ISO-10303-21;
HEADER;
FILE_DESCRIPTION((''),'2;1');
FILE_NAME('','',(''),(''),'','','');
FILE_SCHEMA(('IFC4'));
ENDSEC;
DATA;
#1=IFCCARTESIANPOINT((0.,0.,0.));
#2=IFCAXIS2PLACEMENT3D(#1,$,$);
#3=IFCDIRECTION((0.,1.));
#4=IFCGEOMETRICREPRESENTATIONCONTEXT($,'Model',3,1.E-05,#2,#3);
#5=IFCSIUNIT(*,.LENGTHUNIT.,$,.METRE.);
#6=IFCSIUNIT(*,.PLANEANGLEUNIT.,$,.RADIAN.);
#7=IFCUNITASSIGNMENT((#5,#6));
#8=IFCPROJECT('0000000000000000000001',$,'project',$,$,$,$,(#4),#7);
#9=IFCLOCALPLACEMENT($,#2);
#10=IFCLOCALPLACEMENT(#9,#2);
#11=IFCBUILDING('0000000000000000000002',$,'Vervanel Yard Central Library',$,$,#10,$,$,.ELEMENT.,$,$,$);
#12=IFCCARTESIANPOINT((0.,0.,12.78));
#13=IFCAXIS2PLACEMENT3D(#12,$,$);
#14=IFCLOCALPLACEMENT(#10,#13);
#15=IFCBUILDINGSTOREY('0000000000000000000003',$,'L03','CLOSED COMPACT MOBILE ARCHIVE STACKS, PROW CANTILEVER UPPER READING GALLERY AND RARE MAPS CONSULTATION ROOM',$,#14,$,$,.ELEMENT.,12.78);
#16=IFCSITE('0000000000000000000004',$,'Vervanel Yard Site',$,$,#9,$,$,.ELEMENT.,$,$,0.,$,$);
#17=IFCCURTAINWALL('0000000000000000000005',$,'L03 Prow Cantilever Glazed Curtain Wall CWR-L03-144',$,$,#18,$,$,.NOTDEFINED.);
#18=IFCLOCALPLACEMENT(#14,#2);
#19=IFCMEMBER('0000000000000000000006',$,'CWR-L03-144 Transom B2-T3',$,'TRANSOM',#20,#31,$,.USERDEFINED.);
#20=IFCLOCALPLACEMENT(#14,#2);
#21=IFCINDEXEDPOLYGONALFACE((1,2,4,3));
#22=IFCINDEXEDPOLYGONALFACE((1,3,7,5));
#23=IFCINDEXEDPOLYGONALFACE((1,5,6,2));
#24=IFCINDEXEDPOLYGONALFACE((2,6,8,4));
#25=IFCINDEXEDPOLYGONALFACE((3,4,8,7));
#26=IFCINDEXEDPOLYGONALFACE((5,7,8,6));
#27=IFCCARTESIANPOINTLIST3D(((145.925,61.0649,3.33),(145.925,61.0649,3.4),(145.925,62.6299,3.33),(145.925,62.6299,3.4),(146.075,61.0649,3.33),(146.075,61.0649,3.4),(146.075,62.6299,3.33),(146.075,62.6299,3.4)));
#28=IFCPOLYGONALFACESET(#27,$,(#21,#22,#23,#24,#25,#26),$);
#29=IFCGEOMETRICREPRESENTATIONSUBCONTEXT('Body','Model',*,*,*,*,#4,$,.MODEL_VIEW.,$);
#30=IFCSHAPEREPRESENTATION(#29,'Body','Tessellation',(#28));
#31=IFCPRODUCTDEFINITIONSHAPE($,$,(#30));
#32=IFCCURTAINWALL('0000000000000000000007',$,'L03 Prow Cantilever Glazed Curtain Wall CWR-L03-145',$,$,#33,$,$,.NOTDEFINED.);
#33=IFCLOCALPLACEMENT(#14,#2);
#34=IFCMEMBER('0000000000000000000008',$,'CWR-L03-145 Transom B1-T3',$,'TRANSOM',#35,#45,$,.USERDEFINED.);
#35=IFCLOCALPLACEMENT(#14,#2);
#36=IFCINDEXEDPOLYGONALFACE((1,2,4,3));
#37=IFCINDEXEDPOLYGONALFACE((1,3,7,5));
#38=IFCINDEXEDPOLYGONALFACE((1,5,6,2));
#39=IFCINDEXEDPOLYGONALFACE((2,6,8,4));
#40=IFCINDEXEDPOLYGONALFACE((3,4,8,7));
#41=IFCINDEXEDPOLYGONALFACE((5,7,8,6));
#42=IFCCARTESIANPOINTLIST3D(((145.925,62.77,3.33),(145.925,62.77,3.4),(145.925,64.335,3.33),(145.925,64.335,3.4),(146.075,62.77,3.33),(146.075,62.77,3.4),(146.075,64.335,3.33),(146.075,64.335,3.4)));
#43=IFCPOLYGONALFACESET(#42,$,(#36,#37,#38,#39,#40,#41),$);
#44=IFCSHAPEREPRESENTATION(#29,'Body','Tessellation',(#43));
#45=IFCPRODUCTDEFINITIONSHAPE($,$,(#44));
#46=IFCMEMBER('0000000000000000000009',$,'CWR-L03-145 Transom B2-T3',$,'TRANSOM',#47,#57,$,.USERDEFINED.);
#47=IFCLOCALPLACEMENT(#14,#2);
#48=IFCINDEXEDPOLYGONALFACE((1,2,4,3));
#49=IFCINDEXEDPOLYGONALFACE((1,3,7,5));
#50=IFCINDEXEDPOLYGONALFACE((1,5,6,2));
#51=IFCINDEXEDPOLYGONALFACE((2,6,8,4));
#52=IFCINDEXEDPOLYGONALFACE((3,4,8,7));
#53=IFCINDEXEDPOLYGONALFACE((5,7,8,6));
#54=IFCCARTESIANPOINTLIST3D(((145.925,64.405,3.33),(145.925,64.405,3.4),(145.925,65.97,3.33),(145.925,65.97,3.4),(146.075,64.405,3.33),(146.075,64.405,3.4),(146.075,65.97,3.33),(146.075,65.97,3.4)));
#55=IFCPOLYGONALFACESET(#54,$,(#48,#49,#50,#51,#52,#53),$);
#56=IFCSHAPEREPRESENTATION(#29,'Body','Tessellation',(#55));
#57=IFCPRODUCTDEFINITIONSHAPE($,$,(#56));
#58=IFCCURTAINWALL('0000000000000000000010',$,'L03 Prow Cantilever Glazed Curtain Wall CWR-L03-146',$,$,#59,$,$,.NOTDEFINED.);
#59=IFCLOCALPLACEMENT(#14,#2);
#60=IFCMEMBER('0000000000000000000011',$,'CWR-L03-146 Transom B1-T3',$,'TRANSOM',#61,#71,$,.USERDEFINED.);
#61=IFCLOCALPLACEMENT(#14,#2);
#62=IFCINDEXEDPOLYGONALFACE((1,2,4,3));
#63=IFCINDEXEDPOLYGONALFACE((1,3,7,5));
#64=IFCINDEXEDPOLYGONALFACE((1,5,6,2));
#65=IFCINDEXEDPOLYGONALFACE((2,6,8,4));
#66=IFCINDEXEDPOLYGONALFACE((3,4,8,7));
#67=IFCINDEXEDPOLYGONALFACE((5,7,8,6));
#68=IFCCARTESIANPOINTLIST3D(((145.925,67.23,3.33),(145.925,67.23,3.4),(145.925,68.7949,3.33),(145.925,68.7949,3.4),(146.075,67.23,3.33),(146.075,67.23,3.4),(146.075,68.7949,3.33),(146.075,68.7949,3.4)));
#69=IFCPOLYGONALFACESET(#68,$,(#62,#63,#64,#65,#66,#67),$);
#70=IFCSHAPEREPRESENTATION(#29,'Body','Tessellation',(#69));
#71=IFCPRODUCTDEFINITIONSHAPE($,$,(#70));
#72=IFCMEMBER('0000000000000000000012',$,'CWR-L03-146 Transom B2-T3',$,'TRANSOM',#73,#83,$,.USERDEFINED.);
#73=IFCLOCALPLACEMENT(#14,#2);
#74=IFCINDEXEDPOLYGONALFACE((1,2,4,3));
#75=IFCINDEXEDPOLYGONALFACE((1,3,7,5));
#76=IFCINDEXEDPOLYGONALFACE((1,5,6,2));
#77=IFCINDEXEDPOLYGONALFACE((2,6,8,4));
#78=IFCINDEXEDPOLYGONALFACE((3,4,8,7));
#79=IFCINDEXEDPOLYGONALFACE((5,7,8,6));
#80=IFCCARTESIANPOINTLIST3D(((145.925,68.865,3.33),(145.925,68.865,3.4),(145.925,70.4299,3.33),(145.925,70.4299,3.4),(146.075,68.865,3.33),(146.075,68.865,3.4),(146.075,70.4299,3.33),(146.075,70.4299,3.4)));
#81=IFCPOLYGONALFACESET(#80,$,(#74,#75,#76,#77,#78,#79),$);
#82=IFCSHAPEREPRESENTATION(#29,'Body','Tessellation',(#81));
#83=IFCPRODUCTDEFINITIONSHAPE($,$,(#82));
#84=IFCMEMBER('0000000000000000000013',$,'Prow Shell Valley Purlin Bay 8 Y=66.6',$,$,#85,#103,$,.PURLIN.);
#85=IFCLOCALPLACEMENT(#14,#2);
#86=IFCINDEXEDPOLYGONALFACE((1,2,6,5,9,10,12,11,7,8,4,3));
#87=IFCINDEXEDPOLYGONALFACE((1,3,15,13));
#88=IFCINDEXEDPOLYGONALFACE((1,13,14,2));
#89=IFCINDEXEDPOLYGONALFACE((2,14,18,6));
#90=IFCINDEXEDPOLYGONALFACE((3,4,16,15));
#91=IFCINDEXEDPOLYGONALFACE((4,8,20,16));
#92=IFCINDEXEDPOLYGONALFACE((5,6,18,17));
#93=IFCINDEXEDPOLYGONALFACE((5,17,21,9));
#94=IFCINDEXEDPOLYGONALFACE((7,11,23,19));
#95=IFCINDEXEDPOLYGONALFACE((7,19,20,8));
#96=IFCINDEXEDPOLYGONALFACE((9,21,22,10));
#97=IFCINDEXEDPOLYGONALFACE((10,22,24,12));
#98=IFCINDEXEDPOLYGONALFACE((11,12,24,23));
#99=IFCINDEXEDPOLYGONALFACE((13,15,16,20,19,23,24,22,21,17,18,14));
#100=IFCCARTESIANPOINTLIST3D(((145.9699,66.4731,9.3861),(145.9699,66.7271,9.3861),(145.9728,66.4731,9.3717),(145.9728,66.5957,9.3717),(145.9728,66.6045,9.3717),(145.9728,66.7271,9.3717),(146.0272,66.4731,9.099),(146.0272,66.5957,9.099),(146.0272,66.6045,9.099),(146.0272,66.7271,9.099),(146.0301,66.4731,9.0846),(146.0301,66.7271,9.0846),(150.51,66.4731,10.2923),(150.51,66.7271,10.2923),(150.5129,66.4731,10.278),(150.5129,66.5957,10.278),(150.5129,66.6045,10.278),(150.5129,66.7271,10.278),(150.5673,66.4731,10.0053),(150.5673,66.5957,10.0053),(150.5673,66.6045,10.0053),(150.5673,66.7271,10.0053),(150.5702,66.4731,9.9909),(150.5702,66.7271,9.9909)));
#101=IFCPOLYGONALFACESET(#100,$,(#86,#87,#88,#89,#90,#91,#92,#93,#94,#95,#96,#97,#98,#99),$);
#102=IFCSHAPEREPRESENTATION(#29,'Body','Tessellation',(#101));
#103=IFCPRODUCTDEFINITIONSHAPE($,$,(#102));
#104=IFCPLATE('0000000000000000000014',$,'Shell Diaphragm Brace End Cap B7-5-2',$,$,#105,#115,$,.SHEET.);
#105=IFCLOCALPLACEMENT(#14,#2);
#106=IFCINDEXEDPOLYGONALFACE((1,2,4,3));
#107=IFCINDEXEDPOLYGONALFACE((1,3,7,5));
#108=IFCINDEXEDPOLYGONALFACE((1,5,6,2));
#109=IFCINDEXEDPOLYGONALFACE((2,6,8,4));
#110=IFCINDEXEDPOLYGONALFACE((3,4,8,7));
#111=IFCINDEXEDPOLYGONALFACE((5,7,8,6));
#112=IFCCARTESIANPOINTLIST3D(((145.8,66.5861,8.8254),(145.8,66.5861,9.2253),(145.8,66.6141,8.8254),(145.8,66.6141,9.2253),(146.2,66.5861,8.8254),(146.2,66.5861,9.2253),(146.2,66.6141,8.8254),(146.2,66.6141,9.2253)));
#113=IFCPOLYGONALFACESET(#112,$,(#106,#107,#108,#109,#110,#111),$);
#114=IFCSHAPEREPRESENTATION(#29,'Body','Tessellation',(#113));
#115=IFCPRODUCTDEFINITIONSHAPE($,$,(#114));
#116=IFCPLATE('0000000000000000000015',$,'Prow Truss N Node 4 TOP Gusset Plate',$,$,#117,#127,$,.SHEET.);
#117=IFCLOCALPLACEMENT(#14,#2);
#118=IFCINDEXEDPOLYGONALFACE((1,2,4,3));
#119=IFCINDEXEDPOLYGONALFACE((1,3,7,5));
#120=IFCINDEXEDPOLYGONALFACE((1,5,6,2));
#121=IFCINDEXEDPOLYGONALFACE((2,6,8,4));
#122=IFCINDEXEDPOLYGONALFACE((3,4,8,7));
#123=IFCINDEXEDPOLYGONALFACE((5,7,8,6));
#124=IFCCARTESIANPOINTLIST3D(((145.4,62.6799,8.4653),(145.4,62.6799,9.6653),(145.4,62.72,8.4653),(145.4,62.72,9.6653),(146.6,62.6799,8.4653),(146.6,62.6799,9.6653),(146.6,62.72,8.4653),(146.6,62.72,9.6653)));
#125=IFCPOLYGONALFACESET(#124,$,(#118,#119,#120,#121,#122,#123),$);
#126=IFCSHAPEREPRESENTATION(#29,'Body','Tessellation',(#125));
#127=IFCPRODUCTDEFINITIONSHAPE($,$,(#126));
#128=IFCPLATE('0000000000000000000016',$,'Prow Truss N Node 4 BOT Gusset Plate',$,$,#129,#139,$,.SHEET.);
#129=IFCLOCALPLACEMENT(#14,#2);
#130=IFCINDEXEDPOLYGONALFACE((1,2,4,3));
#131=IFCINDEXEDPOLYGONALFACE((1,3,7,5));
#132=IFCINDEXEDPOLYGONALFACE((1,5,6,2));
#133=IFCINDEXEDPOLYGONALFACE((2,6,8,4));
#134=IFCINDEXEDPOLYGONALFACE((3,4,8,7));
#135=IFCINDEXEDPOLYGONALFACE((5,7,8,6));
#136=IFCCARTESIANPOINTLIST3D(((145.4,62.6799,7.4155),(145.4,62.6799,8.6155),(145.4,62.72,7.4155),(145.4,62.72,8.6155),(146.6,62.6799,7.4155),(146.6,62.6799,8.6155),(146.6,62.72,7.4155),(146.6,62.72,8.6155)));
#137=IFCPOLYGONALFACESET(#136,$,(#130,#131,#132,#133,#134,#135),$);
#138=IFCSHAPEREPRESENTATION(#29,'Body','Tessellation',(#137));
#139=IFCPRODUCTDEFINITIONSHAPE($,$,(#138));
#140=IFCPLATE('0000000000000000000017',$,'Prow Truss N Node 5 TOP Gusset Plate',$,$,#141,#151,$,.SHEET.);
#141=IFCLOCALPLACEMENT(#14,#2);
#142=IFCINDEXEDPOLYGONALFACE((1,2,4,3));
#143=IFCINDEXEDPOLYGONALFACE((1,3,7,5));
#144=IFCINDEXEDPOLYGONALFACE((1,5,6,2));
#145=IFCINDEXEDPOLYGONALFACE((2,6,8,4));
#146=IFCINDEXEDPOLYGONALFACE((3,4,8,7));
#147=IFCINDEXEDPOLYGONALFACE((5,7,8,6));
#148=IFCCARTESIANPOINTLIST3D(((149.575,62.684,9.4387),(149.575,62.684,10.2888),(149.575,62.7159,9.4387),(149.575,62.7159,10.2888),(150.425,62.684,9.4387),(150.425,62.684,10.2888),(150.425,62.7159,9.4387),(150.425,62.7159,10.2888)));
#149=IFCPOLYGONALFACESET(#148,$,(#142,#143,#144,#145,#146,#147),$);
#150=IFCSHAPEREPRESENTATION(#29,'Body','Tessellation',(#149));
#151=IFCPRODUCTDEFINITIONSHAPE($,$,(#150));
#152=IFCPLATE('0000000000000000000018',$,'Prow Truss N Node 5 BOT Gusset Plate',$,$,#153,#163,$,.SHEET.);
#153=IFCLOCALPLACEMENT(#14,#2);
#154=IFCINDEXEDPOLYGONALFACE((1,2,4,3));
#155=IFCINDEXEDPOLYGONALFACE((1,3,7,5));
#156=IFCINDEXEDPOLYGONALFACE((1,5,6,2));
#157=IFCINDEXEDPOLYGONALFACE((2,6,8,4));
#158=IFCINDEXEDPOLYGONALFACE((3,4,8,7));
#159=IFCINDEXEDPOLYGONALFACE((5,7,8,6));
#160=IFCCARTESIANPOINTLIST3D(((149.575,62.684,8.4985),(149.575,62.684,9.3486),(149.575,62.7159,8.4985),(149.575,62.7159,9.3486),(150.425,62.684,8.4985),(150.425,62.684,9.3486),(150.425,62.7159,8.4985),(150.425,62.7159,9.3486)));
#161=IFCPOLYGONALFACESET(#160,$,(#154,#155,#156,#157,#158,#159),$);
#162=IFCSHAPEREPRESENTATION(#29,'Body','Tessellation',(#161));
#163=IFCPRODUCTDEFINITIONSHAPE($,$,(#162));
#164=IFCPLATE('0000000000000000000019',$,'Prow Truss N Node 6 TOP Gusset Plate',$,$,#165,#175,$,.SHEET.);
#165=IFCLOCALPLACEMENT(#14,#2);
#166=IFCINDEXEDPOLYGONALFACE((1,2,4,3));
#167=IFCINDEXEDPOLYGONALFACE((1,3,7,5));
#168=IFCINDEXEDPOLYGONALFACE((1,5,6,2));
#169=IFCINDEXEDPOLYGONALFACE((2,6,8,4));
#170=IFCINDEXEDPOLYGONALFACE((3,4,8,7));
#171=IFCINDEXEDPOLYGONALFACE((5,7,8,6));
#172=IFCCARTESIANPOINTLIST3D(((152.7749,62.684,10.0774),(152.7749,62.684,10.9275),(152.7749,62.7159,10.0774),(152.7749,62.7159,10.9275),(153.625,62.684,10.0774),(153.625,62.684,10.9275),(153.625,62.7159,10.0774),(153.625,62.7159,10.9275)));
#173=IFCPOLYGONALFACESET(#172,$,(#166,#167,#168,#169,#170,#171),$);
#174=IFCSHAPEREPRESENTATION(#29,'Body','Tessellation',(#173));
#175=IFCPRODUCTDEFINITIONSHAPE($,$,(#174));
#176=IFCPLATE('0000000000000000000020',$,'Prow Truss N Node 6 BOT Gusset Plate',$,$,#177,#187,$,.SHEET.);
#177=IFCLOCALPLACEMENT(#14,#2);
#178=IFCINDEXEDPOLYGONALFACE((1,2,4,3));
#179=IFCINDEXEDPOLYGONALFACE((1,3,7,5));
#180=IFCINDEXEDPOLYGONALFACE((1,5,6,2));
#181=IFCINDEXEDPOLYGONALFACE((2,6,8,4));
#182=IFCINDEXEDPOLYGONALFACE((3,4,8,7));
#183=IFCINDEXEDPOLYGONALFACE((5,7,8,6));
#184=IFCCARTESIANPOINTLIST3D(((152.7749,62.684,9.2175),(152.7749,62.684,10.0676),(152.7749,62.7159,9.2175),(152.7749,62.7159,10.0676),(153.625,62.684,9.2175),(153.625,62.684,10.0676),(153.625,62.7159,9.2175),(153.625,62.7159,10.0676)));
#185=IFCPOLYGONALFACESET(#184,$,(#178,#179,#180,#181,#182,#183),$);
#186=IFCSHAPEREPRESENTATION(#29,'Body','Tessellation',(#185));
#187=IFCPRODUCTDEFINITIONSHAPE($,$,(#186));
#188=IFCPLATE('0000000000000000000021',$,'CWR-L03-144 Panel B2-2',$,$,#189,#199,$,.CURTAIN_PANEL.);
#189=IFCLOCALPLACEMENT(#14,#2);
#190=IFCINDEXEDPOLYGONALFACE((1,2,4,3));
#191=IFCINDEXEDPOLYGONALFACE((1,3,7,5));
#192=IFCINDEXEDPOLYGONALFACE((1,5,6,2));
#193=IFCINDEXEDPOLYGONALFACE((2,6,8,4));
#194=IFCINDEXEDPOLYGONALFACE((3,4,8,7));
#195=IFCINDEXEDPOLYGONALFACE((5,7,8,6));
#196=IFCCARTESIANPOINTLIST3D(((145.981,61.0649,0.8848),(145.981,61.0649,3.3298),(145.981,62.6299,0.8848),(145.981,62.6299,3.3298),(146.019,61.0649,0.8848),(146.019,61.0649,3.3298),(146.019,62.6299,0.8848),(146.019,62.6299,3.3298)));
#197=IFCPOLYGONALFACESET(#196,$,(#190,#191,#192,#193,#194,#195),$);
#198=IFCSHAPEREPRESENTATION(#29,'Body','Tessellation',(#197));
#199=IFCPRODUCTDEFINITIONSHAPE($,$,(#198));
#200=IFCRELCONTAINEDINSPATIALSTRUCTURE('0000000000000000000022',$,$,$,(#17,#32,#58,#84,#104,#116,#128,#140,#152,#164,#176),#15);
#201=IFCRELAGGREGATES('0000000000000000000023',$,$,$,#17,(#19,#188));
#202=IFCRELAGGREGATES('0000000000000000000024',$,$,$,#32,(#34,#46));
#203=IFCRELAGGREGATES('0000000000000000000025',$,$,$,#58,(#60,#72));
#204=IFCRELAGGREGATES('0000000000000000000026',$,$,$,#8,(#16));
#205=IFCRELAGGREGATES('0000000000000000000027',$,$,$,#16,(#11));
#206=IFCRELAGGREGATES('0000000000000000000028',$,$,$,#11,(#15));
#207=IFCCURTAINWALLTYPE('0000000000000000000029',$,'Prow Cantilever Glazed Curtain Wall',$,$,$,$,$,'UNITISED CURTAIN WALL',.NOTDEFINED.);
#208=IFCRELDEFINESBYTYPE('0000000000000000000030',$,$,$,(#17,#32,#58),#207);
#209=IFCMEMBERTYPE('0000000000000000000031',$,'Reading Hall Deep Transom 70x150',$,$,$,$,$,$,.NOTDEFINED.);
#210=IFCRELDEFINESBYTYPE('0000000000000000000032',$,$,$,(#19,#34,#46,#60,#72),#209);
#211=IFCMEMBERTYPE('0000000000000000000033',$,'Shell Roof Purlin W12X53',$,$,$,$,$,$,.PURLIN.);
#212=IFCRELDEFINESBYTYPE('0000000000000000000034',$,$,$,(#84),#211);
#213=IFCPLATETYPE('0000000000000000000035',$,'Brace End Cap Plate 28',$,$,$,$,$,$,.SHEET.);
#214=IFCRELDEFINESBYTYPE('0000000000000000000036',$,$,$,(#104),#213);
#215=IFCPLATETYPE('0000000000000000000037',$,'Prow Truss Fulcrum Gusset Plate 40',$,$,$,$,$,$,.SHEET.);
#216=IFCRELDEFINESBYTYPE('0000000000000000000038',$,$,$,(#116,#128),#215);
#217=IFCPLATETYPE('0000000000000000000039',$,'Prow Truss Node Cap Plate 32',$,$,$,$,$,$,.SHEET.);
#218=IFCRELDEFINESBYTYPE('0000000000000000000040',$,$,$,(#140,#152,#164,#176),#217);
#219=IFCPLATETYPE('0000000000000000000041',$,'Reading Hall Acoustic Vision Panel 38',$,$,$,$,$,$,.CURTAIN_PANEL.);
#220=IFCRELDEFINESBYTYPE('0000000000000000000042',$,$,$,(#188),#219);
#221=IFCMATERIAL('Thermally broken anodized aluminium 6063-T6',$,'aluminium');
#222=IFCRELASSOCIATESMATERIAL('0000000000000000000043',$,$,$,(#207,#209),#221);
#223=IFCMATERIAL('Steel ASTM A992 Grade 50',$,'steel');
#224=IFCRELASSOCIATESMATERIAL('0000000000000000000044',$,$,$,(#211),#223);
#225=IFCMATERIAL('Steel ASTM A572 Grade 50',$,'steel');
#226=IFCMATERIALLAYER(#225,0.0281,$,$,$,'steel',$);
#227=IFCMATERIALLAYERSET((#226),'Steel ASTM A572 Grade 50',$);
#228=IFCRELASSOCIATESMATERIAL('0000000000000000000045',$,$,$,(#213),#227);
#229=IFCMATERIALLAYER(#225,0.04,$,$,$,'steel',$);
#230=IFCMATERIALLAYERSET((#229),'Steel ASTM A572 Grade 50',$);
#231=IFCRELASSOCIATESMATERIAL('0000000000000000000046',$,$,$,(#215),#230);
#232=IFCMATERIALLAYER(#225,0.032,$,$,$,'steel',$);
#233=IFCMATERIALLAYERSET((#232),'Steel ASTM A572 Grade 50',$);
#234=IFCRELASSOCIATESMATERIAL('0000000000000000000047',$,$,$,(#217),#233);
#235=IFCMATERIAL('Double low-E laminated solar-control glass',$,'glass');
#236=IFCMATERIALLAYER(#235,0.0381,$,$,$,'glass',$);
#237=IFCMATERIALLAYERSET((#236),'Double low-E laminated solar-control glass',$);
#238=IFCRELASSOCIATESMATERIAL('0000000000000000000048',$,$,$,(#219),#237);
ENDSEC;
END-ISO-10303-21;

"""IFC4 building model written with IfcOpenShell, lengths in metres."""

from ifc_helpers import new_model, si_unit, direction, frame, origin, origin_2d, place, context, subcontext, project, spatial, rectangle, i_section, extrude, material, layer, layer_set, material_profile, profile_set, type_object, element, aggregate, save


model = new_model("IFC4")

# Units and contexts
model_context = context("Model", 3, precision=1e-05, world=origin(), true_north=direction((0.0, 1.0)))
body_context = subcontext(model_context, "Body", "Model", "MODEL_VIEW")
ifc_project = project(units=[si_unit("LENGTHUNIT", "METRE"), si_unit("PLANEANGLEUNIT", "RADIAN")], contexts=[model_context])

# Site, building, storey
site_placement = place(None, origin())
site = spatial("IfcSite", under=ifc_project, at=site_placement, Name="Vervanel Yard Site", CompositionType="ELEMENT", RefElevation=0.0)
building_placement = place(site_placement, origin())
building = spatial("IfcBuilding", under=site, at=building_placement, Name="Vervanel Yard Central Library", CompositionType="ELEMENT")
storey_placement = place(building_placement, frame((0.0, 0.0, 12.78)))
storey = spatial("IfcBuildingStorey", under=building, at=storey_placement, Name="L03", Description="CLOSED COMPACT MOBILE ARCHIVE STACKS, PROW CANTILEVER UPPER READING GALLERY AND RARE MAPS CONSULTATION ROOM", CompositionType="ELEMENT", Elevation=12.78)

# Shared definitions
ifc_material_1 = material(Name="Steel ASTM A992 Grade 50", Category="steel")

# Curtain wall, member
ifc_material_2 = material(Name="Thermally broken anodized aluminium 6063-T6", Category="aluminium")
curtain_wall_type = type_object("IfcCurtainWallType", Name="Prow Cantilever Glazed Curtain Wall", ElementType="UNITISED CURTAIN WALL", PredefinedType="NOTDEFINED", material=ifc_material_2)
curtain_wall_1_placement = place(storey_placement, origin())
curtain_wall_1 = element("IfcCurtainWall", 1, at=curtain_wall_1_placement, inside=storey, type_object=curtain_wall_type, Name="L03 Prow Cantilever Glazed Curtain Wall CWR-L03-144", PredefinedType="NOTDEFINED")
ifc_material_profile_1 = material_profile(ifc_material_2, rectangle(XDim=0.0701, YDim=0.1499, at=origin_2d()), Name="ALU 70x150", Category="aluminium")
ifc_profile_set_1 = profile_set([ifc_material_profile_1], Name="Thermally broken anodized aluminium 6063-T6")
member_type_1 = type_object("IfcMemberType", Name="Reading Hall Deep Transom 70x150", PredefinedType="NOTDEFINED", material=ifc_profile_set_1)
member_1_placement = place(storey_placement, frame((146.0, 61.0649, 3.365), z_axis=(0.0, 1.0, 0.0), x_axis=(0.0, 0.0, 1.0)))
member_1 = element("IfcMember", 2, at=member_1_placement, type_object=member_type_1, Name="CWR-L03-144 Transom B2-T3", ObjectType="TRANSOM", PredefinedType="USERDEFINED", context=body_context, shape_type="SweptSolid", body=[
    extrude(rectangle(XDim=0.0701, YDim=0.1499, at=origin_2d()), origin(), (0.0, 0.0, 1.0), 1.5649),
])

# Curtain walls, members
curtain_wall_2_placement = place(storey_placement, origin())
curtain_wall_2 = element("IfcCurtainWall", 3, at=curtain_wall_2_placement, inside=storey, type_object=curtain_wall_type, Name="L03 Prow Cantilever Glazed Curtain Wall CWR-L03-145", PredefinedType="NOTDEFINED")
member_2_placement = place(storey_placement, frame((146.0, 62.77, 3.365), z_axis=(0.0, 1.0, 0.0), x_axis=(0.0, 0.0, 1.0)))
member_2 = element("IfcMember", 4, at=member_2_placement, type_object=member_type_1, Name="CWR-L03-145 Transom B1-T3", ObjectType="TRANSOM", PredefinedType="USERDEFINED", context=body_context, shape_type="SweptSolid", body=[
    extrude(rectangle(XDim=0.0701, YDim=0.1499, at=origin_2d()), origin(), (0.0, 0.0, 1.0), 1.5649),
])
member_3_placement = place(storey_placement, frame((146.0, 64.405, 3.365), z_axis=(0.0, 1.0, 0.0), x_axis=(0.0, 0.0, 1.0)))
member_3 = element("IfcMember", 5, at=member_3_placement, type_object=member_type_1, Name="CWR-L03-145 Transom B2-T3", ObjectType="TRANSOM", PredefinedType="USERDEFINED", context=body_context, shape_type="SweptSolid", body=[
    extrude(rectangle(XDim=0.0701, YDim=0.1499, at=origin_2d()), origin(), (0.0, 0.0, 1.0), 1.5649),
])
curtain_wall_3_placement = place(storey_placement, origin())
curtain_wall_3 = element("IfcCurtainWall", 6, at=curtain_wall_3_placement, inside=storey, type_object=curtain_wall_type, Name="L03 Prow Cantilever Glazed Curtain Wall CWR-L03-146", PredefinedType="NOTDEFINED")
member_4_placement = place(storey_placement, frame((146.0, 67.23, 3.365), z_axis=(0.0, 1.0, 0.0), x_axis=(0.0, 0.0, 1.0)))
member_4 = element("IfcMember", 7, at=member_4_placement, type_object=member_type_1, Name="CWR-L03-146 Transom B1-T3", ObjectType="TRANSOM", PredefinedType="USERDEFINED", context=body_context, shape_type="SweptSolid", body=[
    extrude(rectangle(XDim=0.0701, YDim=0.1499, at=origin_2d()), origin(), (0.0, 0.0, 1.0), 1.5649),
])
member_5_placement = place(storey_placement, frame((146.0, 68.865, 3.365), z_axis=(0.0, 1.0, 0.0), x_axis=(0.0, 0.0, 1.0)))
member_5 = element("IfcMember", 8, at=member_5_placement, type_object=member_type_1, Name="CWR-L03-146 Transom B2-T3", ObjectType="TRANSOM", PredefinedType="USERDEFINED", context=body_context, shape_type="SweptSolid", body=[
    extrude(rectangle(XDim=0.0701, YDim=0.1499, at=origin_2d()), origin(), (0.0, 0.0, 1.0), 1.5649),
])

# Member
ifc_material_profile_2 = material_profile(ifc_material_1, i_section(OverallWidth=0.2539, OverallDepth=0.3074, WebThickness=0.0088, FlangeThickness=0.0146, at=origin_2d()), Name="W12X53", Category="steel")
ifc_profile_set_2 = profile_set([ifc_material_profile_2], Name="Steel ASTM A992 Grade 50")
member_type_2 = type_object("IfcMemberType", Name="Shell Roof Purlin W12X53", PredefinedType="PURLIN", material=ifc_profile_set_2)
member_6_placement = place(storey_placement, frame((146.0, 66.6001, 9.2354), z_axis=(0.980654, 0.0, 0.195751), x_axis=(0.0, 1.0, 0.0)))
element("IfcMember", 9, at=member_6_placement, inside=storey, type_object=member_type_2, Name="Prow Shell Valley Purlin Bay 8 Y=66.6", PredefinedType="PURLIN", context=body_context, shape_type="SweptSolid", body=[
    extrude(i_section(OverallWidth=0.2539, OverallDepth=0.3074, WebThickness=0.0088, FlangeThickness=0.0146, at=origin_2d()), origin(), (0.0, 0.0, 1.0), 4.6296),
])

# Plates
ifc_material_3 = material(Name="Steel ASTM A572 Grade 50", Category="steel")
ifc_layer_1 = layer(ifc_material_3, 0.0281, Category="steel")
ifc_layer_set_1 = layer_set([ifc_layer_1], Name="Steel ASTM A572 Grade 50")
plate_type_1 = type_object("IfcPlateType", Name="Brace End Cap Plate 28", PredefinedType="SHEET", material=ifc_layer_set_1)
plate_1_placement = place(storey_placement, frame((146.0, 66.6001, 8.8254), z_axis=(0.0, 0.0, 1.0), x_axis=(1.0, 0.0, 0.0)))
element("IfcPlate", 10, at=plate_1_placement, inside=storey, type_object=plate_type_1, Name="Shell Diaphragm Brace End Cap B7-5-2", PredefinedType="SHEET", context=body_context, shape_type="SweptSolid", body=[
    extrude(rectangle(XDim=0.3999, YDim=0.0281, at=origin_2d()), origin(), (0.0, 0.0, 1.0), 0.3999),
])
ifc_layer_2 = layer(ifc_material_3, 0.04, Category="steel")
ifc_layer_set_2 = layer_set([ifc_layer_2], Name="Steel ASTM A572 Grade 50")
plate_type_2 = type_object("IfcPlateType", Name="Prow Truss Fulcrum Gusset Plate 40", PredefinedType="SHEET", material=ifc_layer_set_2)
for number, where, z_axis, x_axis, name in (
    (11, (146.0, 62.7, 8.4653), (0.0, 0.0, 1.0), (1.0, 0.0, 0.0), "Prow Truss N Node 4 TOP Gusset Plate"),
    (12, (146.0, 62.7, 7.4155), (0.0, 0.0, 1.0), (1.0, 0.0, 0.0), "Prow Truss N Node 4 BOT Gusset Plate"),
):
    element("IfcPlate", number, at=place(storey_placement, frame(where, z_axis=z_axis, x_axis=x_axis)), inside=storey, type_object=plate_type_2, Name=name, PredefinedType="SHEET", context=body_context, shape_type="SweptSolid", body=[
        extrude(rectangle(XDim=1.2, YDim=0.04, at=origin_2d()), origin(), (0.0, 0.0, 1.0), 1.2),
    ])
ifc_layer_3 = layer(ifc_material_3, 0.032, Category="steel")
ifc_layer_set_3 = layer_set([ifc_layer_3], Name="Steel ASTM A572 Grade 50")
plate_type_3 = type_object("IfcPlateType", Name="Prow Truss Node Cap Plate 32", PredefinedType="SHEET", material=ifc_layer_set_3)
for number, where, z_axis, x_axis, name in (
    (13, (150.0, 62.7, 9.4387), (0.0, 0.0, 1.0), (1.0, 0.0, 0.0), "Prow Truss N Node 5 TOP Gusset Plate"),
    (14, (150.0, 62.7, 8.4985), (0.0, 0.0, 1.0), (1.0, 0.0, 0.0), "Prow Truss N Node 5 BOT Gusset Plate"),
    (15, (153.2, 62.7, 10.0774), (0.0, 0.0, 1.0), (1.0, 0.0, 0.0), "Prow Truss N Node 6 TOP Gusset Plate"),
    (16, (153.2, 62.7, 9.2175), (0.0, 0.0, 1.0), (1.0, 0.0, 0.0), "Prow Truss N Node 6 BOT Gusset Plate"),
):
    element("IfcPlate", number, at=place(storey_placement, frame(where, z_axis=z_axis, x_axis=x_axis)), inside=storey, type_object=plate_type_3, Name=name, PredefinedType="SHEET", context=body_context, shape_type="SweptSolid", body=[
        extrude(rectangle(XDim=0.8501, YDim=0.032, at=origin_2d()), origin(), (0.0, 0.0, 1.0), 0.8501),
    ])

# Plate
ifc_material_4 = material(Name="Double low-E laminated solar-control glass", Category="glass")
ifc_layer_4 = layer(ifc_material_4, 0.0381, Category="glass")
ifc_layer_set_4 = layer_set([ifc_layer_4], Name="Double low-E laminated solar-control glass")
plate_type_4 = type_object("IfcPlateType", Name="Reading Hall Acoustic Vision Panel 38", PredefinedType="CURTAIN_PANEL", material=ifc_layer_set_4)
plate_2_placement = place(storey_placement, frame((146.0, 61.8474, 0.8848), z_axis=(0.0, 0.0, 1.0), x_axis=(0.0, 1.0, 0.0)))
plate_2 = element("IfcPlate", 17, at=plate_2_placement, type_object=plate_type_4, Name="CWR-L03-144 Panel B2-2", PredefinedType="CURTAIN_PANEL", context=body_context, shape_type="SweptSolid", body=[
    extrude(rectangle(XDim=1.5649, YDim=0.0381, at=origin_2d()), origin(), (0.0, 0.0, 1.0), 2.4451),
])
aggregate(curtain_wall_1, [member_1, plate_2])
aggregate(curtain_wall_2, [member_2, member_3])
aggregate(curtain_wall_3, [member_4, member_5])

save(model, "model.ifc")
